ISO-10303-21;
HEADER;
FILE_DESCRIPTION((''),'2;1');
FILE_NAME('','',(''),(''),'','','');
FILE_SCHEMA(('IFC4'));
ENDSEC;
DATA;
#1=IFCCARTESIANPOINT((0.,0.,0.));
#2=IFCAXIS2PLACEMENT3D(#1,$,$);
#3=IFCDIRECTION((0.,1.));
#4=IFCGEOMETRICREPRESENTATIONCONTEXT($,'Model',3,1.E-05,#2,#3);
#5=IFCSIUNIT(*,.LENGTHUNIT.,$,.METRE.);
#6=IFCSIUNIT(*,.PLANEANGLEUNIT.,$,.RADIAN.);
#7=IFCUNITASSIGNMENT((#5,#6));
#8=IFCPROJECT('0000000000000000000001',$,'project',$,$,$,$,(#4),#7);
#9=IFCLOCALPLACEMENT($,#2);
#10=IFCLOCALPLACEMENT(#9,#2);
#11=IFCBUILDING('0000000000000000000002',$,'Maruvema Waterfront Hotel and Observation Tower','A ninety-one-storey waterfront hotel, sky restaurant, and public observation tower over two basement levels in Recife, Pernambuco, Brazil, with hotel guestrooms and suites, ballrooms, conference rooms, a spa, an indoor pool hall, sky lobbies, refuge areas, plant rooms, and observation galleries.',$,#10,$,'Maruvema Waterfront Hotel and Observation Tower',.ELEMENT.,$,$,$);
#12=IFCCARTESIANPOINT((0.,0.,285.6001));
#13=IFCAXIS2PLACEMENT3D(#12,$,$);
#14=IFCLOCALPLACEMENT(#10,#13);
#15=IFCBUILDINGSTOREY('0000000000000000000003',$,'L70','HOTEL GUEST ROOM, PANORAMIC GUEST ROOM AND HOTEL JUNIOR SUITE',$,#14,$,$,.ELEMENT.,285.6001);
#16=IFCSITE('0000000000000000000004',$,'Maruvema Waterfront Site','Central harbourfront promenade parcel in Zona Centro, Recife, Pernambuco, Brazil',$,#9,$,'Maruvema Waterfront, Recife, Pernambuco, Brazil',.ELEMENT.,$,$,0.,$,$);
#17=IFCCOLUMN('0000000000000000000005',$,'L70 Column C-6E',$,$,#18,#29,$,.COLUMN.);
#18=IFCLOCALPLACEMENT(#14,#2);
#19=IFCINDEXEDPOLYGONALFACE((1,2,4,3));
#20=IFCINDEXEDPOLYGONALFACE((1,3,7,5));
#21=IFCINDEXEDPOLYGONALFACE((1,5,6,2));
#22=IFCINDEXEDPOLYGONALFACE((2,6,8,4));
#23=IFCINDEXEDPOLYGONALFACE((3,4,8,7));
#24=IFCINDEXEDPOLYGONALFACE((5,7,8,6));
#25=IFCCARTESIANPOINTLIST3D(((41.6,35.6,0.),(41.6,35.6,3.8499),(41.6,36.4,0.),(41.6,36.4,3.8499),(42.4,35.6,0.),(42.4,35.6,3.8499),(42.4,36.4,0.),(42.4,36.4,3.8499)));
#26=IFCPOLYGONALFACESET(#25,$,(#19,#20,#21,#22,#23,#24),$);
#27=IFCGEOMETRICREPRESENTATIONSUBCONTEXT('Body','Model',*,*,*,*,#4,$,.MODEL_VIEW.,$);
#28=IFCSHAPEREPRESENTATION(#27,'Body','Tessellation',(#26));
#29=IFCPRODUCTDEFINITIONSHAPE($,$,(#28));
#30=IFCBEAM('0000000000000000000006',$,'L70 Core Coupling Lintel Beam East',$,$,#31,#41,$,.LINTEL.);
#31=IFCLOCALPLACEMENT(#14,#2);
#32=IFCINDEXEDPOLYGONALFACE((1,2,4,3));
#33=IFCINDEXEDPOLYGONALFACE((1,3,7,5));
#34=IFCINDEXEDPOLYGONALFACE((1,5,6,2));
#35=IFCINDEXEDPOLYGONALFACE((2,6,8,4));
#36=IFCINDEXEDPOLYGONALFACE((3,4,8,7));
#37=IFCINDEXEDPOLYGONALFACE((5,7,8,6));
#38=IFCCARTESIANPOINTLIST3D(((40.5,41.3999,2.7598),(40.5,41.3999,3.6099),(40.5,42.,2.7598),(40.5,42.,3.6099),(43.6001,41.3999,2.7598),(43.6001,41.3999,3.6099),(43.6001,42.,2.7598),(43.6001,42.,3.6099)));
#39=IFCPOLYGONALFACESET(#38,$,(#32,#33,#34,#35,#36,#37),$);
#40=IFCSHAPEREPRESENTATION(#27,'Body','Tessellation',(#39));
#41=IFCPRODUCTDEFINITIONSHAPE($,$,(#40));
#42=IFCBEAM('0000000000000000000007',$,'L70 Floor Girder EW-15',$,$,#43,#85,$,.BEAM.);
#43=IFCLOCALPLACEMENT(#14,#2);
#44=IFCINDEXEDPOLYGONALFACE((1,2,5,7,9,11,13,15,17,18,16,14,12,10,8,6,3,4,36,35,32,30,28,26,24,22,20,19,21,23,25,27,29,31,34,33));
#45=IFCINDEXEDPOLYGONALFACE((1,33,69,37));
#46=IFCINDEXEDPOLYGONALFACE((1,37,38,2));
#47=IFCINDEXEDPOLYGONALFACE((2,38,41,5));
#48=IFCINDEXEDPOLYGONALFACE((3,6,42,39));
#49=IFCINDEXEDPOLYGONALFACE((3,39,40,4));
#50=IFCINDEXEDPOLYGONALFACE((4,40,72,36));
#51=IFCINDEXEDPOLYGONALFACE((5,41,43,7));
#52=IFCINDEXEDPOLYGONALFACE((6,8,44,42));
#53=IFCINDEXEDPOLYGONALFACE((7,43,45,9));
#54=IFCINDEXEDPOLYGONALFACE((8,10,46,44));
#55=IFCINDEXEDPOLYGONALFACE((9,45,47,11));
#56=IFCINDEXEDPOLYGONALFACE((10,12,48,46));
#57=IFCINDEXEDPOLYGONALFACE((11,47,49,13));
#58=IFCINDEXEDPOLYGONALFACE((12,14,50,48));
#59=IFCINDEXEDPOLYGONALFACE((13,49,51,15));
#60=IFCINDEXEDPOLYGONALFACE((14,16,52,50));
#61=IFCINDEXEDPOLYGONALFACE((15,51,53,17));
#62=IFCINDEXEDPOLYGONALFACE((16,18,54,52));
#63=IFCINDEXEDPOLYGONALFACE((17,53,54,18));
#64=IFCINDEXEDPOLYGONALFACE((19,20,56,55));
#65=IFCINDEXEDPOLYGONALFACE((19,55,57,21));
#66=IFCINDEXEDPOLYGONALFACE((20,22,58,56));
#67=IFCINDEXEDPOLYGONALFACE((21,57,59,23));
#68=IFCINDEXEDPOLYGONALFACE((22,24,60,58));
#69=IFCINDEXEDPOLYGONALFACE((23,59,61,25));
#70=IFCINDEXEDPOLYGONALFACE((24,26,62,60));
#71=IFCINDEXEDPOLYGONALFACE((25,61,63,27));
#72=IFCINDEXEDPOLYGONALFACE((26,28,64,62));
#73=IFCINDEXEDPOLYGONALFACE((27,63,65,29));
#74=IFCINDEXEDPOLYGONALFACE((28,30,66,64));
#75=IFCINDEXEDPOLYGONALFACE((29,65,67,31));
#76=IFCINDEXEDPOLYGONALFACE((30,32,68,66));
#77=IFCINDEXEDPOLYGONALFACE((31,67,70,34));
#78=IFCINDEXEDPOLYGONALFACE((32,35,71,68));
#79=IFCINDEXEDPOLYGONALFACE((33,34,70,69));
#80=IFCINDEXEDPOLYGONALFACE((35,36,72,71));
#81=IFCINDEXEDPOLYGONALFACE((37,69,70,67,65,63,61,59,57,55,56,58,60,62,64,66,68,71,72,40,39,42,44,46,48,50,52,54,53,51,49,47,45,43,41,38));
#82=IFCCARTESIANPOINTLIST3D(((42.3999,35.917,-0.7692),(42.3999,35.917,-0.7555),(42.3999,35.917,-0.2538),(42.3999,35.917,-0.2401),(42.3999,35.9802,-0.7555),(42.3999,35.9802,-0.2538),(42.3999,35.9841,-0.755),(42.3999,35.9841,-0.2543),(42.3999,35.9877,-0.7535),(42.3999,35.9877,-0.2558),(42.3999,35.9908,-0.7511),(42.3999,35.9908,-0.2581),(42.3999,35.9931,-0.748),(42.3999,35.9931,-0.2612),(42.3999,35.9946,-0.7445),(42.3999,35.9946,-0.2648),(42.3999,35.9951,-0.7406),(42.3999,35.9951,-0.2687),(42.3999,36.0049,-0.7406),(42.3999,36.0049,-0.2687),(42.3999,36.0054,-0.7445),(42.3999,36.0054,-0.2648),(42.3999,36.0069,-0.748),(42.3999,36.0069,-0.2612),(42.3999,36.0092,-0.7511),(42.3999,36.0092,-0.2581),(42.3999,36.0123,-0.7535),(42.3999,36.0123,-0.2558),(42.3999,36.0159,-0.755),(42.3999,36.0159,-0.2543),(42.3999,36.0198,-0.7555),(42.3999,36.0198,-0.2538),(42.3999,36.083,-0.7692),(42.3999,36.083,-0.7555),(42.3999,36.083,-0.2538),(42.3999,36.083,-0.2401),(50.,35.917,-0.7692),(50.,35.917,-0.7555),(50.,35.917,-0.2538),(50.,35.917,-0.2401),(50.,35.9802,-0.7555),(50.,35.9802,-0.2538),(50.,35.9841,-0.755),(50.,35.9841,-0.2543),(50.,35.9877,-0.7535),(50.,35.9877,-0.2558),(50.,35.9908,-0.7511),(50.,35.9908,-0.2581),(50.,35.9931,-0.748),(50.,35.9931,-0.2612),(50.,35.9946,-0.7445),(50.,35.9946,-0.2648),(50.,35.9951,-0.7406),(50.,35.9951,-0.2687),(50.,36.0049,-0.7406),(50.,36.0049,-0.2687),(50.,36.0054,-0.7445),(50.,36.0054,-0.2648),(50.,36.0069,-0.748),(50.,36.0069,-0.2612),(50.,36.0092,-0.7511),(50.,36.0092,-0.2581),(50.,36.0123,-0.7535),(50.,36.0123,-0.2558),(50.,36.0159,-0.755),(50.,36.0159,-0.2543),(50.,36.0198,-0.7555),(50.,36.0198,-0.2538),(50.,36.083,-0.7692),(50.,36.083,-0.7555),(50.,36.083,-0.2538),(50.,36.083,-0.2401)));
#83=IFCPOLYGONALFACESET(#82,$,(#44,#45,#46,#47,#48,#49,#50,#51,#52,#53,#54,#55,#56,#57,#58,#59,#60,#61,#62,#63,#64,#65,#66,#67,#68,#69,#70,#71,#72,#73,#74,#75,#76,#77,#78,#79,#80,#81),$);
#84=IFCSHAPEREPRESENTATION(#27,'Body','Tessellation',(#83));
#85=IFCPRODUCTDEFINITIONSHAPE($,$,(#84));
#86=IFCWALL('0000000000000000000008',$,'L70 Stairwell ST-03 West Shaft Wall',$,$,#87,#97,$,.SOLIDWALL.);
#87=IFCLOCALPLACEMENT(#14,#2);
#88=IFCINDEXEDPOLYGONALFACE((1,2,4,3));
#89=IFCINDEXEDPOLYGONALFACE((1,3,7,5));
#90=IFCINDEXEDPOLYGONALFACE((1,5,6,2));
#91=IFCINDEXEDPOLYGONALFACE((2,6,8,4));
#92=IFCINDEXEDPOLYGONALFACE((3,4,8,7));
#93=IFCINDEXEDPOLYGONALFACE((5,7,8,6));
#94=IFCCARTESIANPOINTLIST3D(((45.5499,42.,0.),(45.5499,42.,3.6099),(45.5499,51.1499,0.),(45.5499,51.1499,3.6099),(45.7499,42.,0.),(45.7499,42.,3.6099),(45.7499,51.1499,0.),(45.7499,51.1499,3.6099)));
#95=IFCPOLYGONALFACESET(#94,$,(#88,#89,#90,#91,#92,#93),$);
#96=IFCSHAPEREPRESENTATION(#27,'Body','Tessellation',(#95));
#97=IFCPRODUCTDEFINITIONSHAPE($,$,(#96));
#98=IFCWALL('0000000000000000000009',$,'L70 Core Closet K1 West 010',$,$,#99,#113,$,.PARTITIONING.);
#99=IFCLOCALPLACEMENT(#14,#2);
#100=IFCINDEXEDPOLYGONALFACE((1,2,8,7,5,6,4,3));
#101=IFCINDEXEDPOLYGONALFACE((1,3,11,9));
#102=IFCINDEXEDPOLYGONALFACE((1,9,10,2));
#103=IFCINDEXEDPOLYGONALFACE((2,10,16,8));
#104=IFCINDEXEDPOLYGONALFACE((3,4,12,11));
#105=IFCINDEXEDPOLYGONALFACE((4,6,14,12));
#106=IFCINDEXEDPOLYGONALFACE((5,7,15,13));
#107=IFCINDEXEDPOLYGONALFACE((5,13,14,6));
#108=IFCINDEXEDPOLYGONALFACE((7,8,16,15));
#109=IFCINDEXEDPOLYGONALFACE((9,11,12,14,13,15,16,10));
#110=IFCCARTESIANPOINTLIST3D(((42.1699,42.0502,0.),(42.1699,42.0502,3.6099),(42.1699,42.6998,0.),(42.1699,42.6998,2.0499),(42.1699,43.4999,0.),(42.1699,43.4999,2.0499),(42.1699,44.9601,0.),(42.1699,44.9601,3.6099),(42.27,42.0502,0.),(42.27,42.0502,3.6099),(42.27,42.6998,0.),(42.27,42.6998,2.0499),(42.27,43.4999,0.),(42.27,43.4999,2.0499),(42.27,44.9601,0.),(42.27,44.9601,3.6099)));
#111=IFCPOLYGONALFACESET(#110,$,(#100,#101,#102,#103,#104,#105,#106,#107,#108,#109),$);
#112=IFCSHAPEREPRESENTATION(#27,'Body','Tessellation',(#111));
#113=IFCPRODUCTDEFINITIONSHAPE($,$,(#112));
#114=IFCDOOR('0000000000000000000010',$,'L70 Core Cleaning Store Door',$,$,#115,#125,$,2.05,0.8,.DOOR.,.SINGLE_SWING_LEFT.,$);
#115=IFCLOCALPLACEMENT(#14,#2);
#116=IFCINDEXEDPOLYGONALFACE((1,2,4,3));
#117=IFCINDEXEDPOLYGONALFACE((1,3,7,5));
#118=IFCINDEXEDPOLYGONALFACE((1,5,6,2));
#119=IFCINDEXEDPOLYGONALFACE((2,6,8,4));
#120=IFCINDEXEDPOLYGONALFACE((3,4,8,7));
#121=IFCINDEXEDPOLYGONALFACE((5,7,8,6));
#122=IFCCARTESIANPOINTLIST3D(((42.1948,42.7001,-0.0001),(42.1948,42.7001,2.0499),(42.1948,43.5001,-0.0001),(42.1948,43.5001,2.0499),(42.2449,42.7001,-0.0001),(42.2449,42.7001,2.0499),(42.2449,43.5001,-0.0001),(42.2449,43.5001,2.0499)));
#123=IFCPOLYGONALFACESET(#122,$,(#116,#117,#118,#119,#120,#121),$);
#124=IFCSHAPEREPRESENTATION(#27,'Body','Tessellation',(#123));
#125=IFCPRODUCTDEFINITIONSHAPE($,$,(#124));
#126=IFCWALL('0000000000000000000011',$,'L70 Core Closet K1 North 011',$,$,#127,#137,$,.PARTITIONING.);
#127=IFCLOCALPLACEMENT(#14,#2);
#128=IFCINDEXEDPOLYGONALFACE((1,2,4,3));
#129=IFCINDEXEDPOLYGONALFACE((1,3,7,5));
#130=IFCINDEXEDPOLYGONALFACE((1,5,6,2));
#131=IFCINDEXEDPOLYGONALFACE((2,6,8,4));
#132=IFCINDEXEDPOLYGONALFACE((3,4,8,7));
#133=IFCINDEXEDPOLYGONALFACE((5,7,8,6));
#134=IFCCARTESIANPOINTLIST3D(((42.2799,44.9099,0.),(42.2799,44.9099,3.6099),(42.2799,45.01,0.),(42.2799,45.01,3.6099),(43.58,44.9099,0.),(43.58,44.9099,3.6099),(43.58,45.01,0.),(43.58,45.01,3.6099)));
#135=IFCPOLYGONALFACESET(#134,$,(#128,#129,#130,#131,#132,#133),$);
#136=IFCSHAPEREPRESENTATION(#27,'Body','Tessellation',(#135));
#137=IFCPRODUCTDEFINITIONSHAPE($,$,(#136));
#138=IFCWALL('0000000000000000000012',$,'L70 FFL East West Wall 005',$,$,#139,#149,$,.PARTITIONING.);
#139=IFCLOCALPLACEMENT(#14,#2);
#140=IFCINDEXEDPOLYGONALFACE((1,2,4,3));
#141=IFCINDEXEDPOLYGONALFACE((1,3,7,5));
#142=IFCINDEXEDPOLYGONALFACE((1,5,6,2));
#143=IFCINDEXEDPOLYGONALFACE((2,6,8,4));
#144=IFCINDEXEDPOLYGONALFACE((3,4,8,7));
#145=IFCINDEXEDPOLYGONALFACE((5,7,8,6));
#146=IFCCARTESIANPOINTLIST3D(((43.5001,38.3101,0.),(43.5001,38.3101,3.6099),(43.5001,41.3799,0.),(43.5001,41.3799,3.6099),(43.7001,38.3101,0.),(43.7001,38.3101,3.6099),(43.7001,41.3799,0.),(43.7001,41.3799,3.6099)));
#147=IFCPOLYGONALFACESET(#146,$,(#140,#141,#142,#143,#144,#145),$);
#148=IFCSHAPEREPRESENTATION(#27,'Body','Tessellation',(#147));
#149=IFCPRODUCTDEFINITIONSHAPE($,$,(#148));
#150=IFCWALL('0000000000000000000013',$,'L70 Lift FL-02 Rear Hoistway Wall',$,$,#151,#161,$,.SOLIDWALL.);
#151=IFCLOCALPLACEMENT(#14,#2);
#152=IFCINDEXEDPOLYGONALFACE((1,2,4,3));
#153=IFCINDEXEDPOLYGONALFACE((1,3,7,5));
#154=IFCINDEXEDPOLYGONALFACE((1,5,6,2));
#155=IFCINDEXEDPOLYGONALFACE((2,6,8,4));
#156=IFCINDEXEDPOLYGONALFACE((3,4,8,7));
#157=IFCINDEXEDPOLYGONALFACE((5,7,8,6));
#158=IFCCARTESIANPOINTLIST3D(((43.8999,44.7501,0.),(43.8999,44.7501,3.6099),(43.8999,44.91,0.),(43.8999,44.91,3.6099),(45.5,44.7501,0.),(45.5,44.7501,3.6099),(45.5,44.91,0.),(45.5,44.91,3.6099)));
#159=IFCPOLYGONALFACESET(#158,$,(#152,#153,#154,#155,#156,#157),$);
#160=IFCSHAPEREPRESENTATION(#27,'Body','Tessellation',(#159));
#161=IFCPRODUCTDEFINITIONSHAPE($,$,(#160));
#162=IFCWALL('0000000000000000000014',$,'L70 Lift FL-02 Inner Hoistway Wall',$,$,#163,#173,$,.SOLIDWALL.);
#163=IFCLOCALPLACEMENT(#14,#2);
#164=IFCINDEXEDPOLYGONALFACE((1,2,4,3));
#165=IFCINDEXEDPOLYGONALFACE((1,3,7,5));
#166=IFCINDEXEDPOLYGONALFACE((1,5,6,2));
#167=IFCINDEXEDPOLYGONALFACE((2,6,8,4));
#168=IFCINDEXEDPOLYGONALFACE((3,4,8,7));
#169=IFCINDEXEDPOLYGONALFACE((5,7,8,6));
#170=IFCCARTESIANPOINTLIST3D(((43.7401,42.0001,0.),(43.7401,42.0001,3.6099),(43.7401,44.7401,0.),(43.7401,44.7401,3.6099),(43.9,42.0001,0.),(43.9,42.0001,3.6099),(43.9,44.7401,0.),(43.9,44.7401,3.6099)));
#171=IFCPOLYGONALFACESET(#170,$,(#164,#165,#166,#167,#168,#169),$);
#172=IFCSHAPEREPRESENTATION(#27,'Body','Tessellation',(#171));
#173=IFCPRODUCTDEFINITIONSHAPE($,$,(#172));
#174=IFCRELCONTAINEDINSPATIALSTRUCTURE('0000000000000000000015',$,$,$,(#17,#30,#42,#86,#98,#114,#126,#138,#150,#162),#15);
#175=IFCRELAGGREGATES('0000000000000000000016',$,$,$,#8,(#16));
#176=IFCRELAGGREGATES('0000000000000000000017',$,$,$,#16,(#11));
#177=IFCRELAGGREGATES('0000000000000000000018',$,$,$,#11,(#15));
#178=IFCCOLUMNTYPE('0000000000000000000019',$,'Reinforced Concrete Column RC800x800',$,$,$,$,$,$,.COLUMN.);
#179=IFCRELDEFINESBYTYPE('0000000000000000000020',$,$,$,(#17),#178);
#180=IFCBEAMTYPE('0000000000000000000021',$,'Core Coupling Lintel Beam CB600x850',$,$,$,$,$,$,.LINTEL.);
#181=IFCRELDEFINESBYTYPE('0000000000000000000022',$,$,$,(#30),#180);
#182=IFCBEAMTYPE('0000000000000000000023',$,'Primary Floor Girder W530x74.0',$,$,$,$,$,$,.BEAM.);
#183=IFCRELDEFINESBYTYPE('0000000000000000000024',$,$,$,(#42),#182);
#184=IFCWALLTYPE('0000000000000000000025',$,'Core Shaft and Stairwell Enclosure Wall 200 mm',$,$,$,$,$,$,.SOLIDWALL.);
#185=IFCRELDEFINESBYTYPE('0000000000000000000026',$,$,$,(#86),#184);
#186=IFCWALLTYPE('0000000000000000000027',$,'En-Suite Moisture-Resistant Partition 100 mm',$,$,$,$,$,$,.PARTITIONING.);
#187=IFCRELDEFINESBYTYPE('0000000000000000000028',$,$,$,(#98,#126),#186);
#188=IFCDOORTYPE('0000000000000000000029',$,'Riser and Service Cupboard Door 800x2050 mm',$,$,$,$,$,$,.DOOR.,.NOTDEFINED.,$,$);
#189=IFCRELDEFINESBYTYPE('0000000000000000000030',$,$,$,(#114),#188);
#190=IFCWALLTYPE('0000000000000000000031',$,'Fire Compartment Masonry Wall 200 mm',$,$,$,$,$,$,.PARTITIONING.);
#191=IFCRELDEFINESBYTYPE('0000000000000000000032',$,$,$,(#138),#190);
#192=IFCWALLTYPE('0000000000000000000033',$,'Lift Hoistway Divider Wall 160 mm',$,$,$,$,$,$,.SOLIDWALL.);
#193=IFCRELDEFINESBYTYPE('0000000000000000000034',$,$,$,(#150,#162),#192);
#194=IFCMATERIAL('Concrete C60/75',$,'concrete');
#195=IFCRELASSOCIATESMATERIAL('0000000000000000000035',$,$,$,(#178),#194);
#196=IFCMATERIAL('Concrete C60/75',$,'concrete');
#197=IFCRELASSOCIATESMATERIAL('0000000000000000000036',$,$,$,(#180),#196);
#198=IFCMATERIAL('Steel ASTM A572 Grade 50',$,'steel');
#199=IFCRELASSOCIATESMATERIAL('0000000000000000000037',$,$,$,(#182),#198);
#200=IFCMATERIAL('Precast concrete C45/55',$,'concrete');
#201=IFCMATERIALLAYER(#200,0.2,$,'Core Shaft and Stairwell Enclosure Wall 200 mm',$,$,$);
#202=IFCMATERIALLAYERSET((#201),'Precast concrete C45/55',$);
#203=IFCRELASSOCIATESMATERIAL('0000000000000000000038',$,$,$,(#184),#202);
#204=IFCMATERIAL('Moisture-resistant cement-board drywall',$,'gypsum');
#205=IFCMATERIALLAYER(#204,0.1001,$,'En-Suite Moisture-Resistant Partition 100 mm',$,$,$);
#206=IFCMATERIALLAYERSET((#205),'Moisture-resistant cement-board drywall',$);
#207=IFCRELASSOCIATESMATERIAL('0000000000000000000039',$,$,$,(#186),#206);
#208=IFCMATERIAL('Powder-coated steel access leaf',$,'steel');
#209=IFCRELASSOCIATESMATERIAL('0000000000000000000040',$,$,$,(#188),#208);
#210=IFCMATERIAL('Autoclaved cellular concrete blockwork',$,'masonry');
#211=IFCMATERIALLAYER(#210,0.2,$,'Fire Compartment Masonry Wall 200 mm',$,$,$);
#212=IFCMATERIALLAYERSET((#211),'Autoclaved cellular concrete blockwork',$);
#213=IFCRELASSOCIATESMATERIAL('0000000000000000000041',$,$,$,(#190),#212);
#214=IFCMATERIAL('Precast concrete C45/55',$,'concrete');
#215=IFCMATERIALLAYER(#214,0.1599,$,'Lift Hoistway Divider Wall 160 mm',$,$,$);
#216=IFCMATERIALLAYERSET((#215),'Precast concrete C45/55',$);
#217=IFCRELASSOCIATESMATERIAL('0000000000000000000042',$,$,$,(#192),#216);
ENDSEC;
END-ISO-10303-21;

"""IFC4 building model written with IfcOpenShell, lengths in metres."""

from ifc_helpers import new_model, si_unit, direction, frame, frame_2d, origin, origin_2d, place, context, subcontext, project, spatial, rectangle, i_section, extrude, material, layer, layer_set, material_profile, profile_set, type_object, element, fill, save


model = new_model("IFC4")

# Units and contexts
model_context = context("Model", 3, precision=1e-05, world=origin(), true_north=direction((0.0, 1.0)))
body_context = subcontext(model_context, "Body", "Model", "MODEL_VIEW")
ifc_project = project(units=[si_unit("LENGTHUNIT", "METRE"), si_unit("PLANEANGLEUNIT", "RADIAN")], contexts=[model_context])

# Site, building, storey
site_placement = place(None, origin())
site = spatial("IfcSite", under=ifc_project, at=site_placement, Name="Maruvema Waterfront Site", Description="Central harbourfront promenade parcel in Zona Centro, Recife, Pernambuco, Brazil", LongName="Maruvema Waterfront, Recife, Pernambuco, Brazil", CompositionType="ELEMENT", RefElevation=0.0)
building_placement = place(site_placement, origin())
building = spatial("IfcBuilding", under=site, at=building_placement, Name="Maruvema Waterfront Hotel and Observation Tower", Description="A ninety-one-storey waterfront hotel, sky restaurant, and public observation tower over two basement levels in Recife, Pernambuco, Brazil, with hotel guestrooms and suites, ballrooms, conference rooms, a spa, an indoor pool hall, sky lobbies, refuge areas, plant rooms, and observation galleries.", LongName="Maruvema Waterfront Hotel and Observation Tower", CompositionType="ELEMENT")
storey_placement = place(building_placement, frame((0.0, 0.0, 285.6001)))
storey = spatial("IfcBuildingStorey", under=building, at=storey_placement, Name="L70", Description="HOTEL GUEST ROOM, PANORAMIC GUEST ROOM AND HOTEL JUNIOR SUITE", CompositionType="ELEMENT", Elevation=285.6001)

# Column
ifc_material_1 = material(Name="Concrete C60/75", Category="concrete")
ifc_material_profile_1 = material_profile(ifc_material_1, rectangle(XDim=0.8, YDim=0.8, at=origin_2d()), Name="RC800x800")
ifc_profile_set_1 = profile_set([ifc_material_profile_1], Name="Concrete C60/75")
column_type = type_object("IfcColumnType", Name="Reinforced Concrete Column RC800x800", PredefinedType="COLUMN", material=ifc_profile_set_1)
column_placement = place(storey_placement, frame((42.0, 36.0, 0.0), z_axis=(0.0, 0.0, 1.0), x_axis=(1.0, 0.0, 0.0)))
element("IfcColumn", 1, at=column_placement, inside=storey, type_object=column_type, Name="L70 Column C-6E", PredefinedType="COLUMN", context=body_context, shape_type="SweptSolid", body=[
    extrude(rectangle(XDim=0.8, YDim=0.8, at=origin_2d()), origin(), (0.0, 0.0, 1.0), 3.8499),
])

# Beams
ifc_material_2 = material(Name="Concrete C60/75", Category="concrete")
ifc_material_profile_2 = material_profile(ifc_material_2, rectangle(XDim=0.6001, YDim=0.8501, at=origin_2d()), Name="CB600x850")
ifc_profile_set_2 = profile_set([ifc_material_profile_2], Name="Concrete C60/75")
beam_type_1 = type_object("IfcBeamType", Name="Core Coupling Lintel Beam CB600x850", PredefinedType="LINTEL", material=ifc_profile_set_2)
beam_1_placement = place(storey_placement, frame((40.5, 41.7, 3.1848), z_axis=(1.0, 0.0, 0.0), x_axis=(0.0, 1.0, 0.0)))
element("IfcBeam", 2, at=beam_1_placement, inside=storey, type_object=beam_type_1, Name="L70 Core Coupling Lintel Beam East", PredefinedType="LINTEL", context=body_context, shape_type="SweptSolid", body=[
    extrude(rectangle(XDim=0.6001, YDim=0.8501, at=origin_2d()), origin(), (0.0, 0.0, 1.0), 3.1001),
])
ifc_material_3 = material(Name="Steel ASTM A572 Grade 50", Category="steel")
ifc_material_profile_3 = material_profile(ifc_material_3, i_section(OverallWidth=0.166, OverallDepth=0.5291, WebThickness=0.0098, FlangeThickness=0.0137, FilletRadius=0.0149, at=origin_2d()), Name="W530x74.0")
ifc_profile_set_3 = profile_set([ifc_material_profile_3], Name="Steel ASTM A572 Grade 50")
beam_type_2 = type_object("IfcBeamType", Name="Primary Floor Girder W530x74.0", PredefinedType="BEAM", material=ifc_profile_set_3)
beam_2_placement = place(storey_placement, frame((42.3999, 36.0, -0.5046), z_axis=(1.0, 0.0, 0.0), x_axis=(0.0, 1.0, 0.0)))
element("IfcBeam", 3, at=beam_2_placement, inside=storey, type_object=beam_type_2, Name="L70 Floor Girder EW-15", PredefinedType="BEAM", context=body_context, shape_type="SweptSolid", body=[
    extrude(i_section(OverallWidth=0.166, OverallDepth=0.5291, WebThickness=0.0098, FlangeThickness=0.0137, FilletRadius=0.0149, at=origin_2d()), origin(), (0.0, 0.0, 1.0), 7.6001),
])

# Wall
ifc_material_4 = material(Name="Precast concrete C45/55", Category="concrete")
ifc_layer_1 = layer(ifc_material_4, 0.2, Name="Core Shaft and Stairwell Enclosure Wall 200 mm")
ifc_layer_set_1 = layer_set([ifc_layer_1], Name="Precast concrete C45/55")
wall_type_1 = type_object("IfcWallType", Name="Core Shaft and Stairwell Enclosure Wall 200 mm", PredefinedType="SOLIDWALL", material=ifc_layer_set_1)
wall_1_placement = place(storey_placement, frame((45.6499, 42.0, 0.0), z_axis=(0.0, 0.0, 1.0), x_axis=(0.0, 1.0, 0.0)))
element("IfcWall", 4, at=wall_1_placement, inside=storey, type_object=wall_type_1, Name="L70 Stairwell ST-03 West Shaft Wall", PredefinedType="SOLIDWALL", context=body_context, shape_type="SweptSolid", body=[
    extrude(rectangle(XDim=9.1499, YDim=0.2, at=frame_2d((4.575, 0.0))), origin(), (0.0, 0.0, 1.0), 3.6099),
])

# Wall, opening, door
ifc_material_5 = material(Name="Moisture-resistant cement-board drywall", Category="gypsum")
ifc_layer_2 = layer(ifc_material_5, 0.1001, Name="En-Suite Moisture-Resistant Partition 100 mm")
ifc_layer_set_2 = layer_set([ifc_layer_2], Name="Moisture-resistant cement-board drywall")
wall_type_2 = type_object("IfcWallType", Name="En-Suite Moisture-Resistant Partition 100 mm", PredefinedType="PARTITIONING", material=ifc_layer_set_2)
wall_2_placement = place(storey_placement, frame((42.22, 42.05, 0.0), z_axis=(0.0, 0.0, 1.0), x_axis=(0.0, 1.0, 0.0)))
wall_2 = element("IfcWall", 5, at=wall_2_placement, inside=storey, type_object=wall_type_2, Name="L70 Core Closet K1 West 010", PredefinedType="PARTITIONING", context=body_context, shape_type="SweptSolid", body=[
    extrude(rectangle(XDim=2.9099, YDim=0.1001, at=frame_2d((1.4551, 0.0))), origin(), (0.0, 0.0, 1.0), 3.6099),
])
opening_1_placement = place(wall_2_placement, frame((0.6499, 0.0, 0.0)))
opening_1 = element("IfcOpeningElement", 6, at=opening_1_placement, cuts=wall_2, PredefinedType="OPENING", context=body_context, shape_type="SweptSolid", body=[
    extrude(rectangle(XDim=0.8, YDim=2.05, at=frame_2d((0.3999, 1.0249))), frame((0.0, 0.0601, 0.0), z_axis=(0.0, -1.0, 0.0), x_axis=(1.0, 0.0, 0.0)), (0.0, 0.0, 1.0), 0.1201),
])
ifc_material_6 = material(Name="Powder-coated steel access leaf", Category="steel")
door_type_1 = type_object("IfcDoorType", Name="Riser and Service Cupboard Door 800x2050 mm", OperationType="NOTDEFINED", PredefinedType="DOOR", material=ifc_material_6)
door_1_placement = place(opening_1_placement, frame((0.8, 0.0, 0.0), z_axis=(0.0, 0.0, 1.0), x_axis=(-1.0, 0.0, 0.0)))
door_1 = element("IfcDoor", 7, at=door_1_placement, inside=storey, type_object=door_type_1, Name="L70 Core Cleaning Store Door", OperationType="SINGLE_SWING_LEFT", OverallHeight=2.05, OverallWidth=0.8, PredefinedType="DOOR", context=body_context, shape_type="SweptSolid", body=[
    extrude(rectangle(XDim=0.8, YDim=2.05, at=frame_2d((0.3999, 1.0249))), frame((0.0, 0.0249, 0.0), z_axis=(0.0, -1.0, 0.0), x_axis=(1.0, 0.0, 0.0)), (0.0, 0.0, 1.0), 0.05),
])
fill(opening_1, door_1)

# Wall
wall_3_placement = place(storey_placement, frame((42.28, 44.96, 0.0), z_axis=(0.0, 0.0, 1.0), x_axis=(1.0, 0.0, 0.0)))
element("IfcWall", 8, at=wall_3_placement, inside=storey, type_object=wall_type_2, Name="L70 Core Closet K1 North 011", PredefinedType="PARTITIONING", context=body_context, shape_type="SweptSolid", body=[
    extrude(rectangle(XDim=1.3, YDim=0.1001, at=frame_2d((0.6499, 0.0))), origin(), (0.0, 0.0, 1.0), 3.6099),
])

# Shared definitions
ifc_material_7 = material(Name="Autoclaved cellular concrete blockwork", Category="masonry")
ifc_layer_3 = layer(ifc_material_7, 0.2, Name="Fire Compartment Masonry Wall 200 mm")
ifc_layer_set_3 = layer_set([ifc_layer_3], Name="Autoclaved cellular concrete blockwork")
wall_type_3 = type_object("IfcWallType", Name="Fire Compartment Masonry Wall 200 mm", PredefinedType="PARTITIONING", material=ifc_layer_set_3)

# Walls
wall_4_placement = place(storey_placement, frame((43.6001, 38.3101, 0.0), z_axis=(0.0, 0.0, 1.0), x_axis=(0.0, 1.0, 0.0)))
element("IfcWall", 9, at=wall_4_placement, inside=storey, type_object=wall_type_3, Name="L70 FFL East West Wall 005", PredefinedType="PARTITIONING", context=body_context, shape_type="SweptSolid", body=[
    extrude(rectangle(XDim=3.0698, YDim=0.2, at=frame_2d((1.5349, 0.0))), origin(), (0.0, 0.0, 1.0), 3.6099),
])
ifc_material_8 = material(Name="Precast concrete C45/55", Category="concrete")
ifc_layer_4 = layer(ifc_material_8, 0.1599, Name="Lift Hoistway Divider Wall 160 mm")
ifc_layer_set_4 = layer_set([ifc_layer_4], Name="Precast concrete C45/55")
wall_type_4 = type_object("IfcWallType", Name="Lift Hoistway Divider Wall 160 mm", PredefinedType="SOLIDWALL", material=ifc_layer_set_4)
wall_5_placement = place(storey_placement, frame((43.8999, 44.8301, 0.0), z_axis=(0.0, 0.0, 1.0), x_axis=(1.0, 0.0, 0.0)))
element("IfcWall", 10, at=wall_5_placement, inside=storey, type_object=wall_type_4, Name="L70 Lift FL-02 Rear Hoistway Wall", PredefinedType="SOLIDWALL", context=body_context, shape_type="SweptSolid", body=[
    extrude(rectangle(XDim=1.6001, YDim=0.1599, at=frame_2d((0.8, 0.0))), origin(), (0.0, 0.0, 1.0), 3.6099),
])
wall_6_placement = place(storey_placement, frame((43.8201, 42.0, 0.0), z_axis=(0.0, 0.0, 1.0), x_axis=(0.0, 1.0, 0.0)))
element("IfcWall", 11, at=wall_6_placement, inside=storey, type_object=wall_type_4, Name="L70 Lift FL-02 Inner Hoistway Wall", PredefinedType="SOLIDWALL", context=body_context, shape_type="SweptSolid", body=[
    extrude(rectangle(XDim=2.74, YDim=0.1599, at=frame_2d((1.3701, 0.0))), origin(), (0.0, 0.0, 1.0), 3.6099),
])

save(model, "model.ifc")
